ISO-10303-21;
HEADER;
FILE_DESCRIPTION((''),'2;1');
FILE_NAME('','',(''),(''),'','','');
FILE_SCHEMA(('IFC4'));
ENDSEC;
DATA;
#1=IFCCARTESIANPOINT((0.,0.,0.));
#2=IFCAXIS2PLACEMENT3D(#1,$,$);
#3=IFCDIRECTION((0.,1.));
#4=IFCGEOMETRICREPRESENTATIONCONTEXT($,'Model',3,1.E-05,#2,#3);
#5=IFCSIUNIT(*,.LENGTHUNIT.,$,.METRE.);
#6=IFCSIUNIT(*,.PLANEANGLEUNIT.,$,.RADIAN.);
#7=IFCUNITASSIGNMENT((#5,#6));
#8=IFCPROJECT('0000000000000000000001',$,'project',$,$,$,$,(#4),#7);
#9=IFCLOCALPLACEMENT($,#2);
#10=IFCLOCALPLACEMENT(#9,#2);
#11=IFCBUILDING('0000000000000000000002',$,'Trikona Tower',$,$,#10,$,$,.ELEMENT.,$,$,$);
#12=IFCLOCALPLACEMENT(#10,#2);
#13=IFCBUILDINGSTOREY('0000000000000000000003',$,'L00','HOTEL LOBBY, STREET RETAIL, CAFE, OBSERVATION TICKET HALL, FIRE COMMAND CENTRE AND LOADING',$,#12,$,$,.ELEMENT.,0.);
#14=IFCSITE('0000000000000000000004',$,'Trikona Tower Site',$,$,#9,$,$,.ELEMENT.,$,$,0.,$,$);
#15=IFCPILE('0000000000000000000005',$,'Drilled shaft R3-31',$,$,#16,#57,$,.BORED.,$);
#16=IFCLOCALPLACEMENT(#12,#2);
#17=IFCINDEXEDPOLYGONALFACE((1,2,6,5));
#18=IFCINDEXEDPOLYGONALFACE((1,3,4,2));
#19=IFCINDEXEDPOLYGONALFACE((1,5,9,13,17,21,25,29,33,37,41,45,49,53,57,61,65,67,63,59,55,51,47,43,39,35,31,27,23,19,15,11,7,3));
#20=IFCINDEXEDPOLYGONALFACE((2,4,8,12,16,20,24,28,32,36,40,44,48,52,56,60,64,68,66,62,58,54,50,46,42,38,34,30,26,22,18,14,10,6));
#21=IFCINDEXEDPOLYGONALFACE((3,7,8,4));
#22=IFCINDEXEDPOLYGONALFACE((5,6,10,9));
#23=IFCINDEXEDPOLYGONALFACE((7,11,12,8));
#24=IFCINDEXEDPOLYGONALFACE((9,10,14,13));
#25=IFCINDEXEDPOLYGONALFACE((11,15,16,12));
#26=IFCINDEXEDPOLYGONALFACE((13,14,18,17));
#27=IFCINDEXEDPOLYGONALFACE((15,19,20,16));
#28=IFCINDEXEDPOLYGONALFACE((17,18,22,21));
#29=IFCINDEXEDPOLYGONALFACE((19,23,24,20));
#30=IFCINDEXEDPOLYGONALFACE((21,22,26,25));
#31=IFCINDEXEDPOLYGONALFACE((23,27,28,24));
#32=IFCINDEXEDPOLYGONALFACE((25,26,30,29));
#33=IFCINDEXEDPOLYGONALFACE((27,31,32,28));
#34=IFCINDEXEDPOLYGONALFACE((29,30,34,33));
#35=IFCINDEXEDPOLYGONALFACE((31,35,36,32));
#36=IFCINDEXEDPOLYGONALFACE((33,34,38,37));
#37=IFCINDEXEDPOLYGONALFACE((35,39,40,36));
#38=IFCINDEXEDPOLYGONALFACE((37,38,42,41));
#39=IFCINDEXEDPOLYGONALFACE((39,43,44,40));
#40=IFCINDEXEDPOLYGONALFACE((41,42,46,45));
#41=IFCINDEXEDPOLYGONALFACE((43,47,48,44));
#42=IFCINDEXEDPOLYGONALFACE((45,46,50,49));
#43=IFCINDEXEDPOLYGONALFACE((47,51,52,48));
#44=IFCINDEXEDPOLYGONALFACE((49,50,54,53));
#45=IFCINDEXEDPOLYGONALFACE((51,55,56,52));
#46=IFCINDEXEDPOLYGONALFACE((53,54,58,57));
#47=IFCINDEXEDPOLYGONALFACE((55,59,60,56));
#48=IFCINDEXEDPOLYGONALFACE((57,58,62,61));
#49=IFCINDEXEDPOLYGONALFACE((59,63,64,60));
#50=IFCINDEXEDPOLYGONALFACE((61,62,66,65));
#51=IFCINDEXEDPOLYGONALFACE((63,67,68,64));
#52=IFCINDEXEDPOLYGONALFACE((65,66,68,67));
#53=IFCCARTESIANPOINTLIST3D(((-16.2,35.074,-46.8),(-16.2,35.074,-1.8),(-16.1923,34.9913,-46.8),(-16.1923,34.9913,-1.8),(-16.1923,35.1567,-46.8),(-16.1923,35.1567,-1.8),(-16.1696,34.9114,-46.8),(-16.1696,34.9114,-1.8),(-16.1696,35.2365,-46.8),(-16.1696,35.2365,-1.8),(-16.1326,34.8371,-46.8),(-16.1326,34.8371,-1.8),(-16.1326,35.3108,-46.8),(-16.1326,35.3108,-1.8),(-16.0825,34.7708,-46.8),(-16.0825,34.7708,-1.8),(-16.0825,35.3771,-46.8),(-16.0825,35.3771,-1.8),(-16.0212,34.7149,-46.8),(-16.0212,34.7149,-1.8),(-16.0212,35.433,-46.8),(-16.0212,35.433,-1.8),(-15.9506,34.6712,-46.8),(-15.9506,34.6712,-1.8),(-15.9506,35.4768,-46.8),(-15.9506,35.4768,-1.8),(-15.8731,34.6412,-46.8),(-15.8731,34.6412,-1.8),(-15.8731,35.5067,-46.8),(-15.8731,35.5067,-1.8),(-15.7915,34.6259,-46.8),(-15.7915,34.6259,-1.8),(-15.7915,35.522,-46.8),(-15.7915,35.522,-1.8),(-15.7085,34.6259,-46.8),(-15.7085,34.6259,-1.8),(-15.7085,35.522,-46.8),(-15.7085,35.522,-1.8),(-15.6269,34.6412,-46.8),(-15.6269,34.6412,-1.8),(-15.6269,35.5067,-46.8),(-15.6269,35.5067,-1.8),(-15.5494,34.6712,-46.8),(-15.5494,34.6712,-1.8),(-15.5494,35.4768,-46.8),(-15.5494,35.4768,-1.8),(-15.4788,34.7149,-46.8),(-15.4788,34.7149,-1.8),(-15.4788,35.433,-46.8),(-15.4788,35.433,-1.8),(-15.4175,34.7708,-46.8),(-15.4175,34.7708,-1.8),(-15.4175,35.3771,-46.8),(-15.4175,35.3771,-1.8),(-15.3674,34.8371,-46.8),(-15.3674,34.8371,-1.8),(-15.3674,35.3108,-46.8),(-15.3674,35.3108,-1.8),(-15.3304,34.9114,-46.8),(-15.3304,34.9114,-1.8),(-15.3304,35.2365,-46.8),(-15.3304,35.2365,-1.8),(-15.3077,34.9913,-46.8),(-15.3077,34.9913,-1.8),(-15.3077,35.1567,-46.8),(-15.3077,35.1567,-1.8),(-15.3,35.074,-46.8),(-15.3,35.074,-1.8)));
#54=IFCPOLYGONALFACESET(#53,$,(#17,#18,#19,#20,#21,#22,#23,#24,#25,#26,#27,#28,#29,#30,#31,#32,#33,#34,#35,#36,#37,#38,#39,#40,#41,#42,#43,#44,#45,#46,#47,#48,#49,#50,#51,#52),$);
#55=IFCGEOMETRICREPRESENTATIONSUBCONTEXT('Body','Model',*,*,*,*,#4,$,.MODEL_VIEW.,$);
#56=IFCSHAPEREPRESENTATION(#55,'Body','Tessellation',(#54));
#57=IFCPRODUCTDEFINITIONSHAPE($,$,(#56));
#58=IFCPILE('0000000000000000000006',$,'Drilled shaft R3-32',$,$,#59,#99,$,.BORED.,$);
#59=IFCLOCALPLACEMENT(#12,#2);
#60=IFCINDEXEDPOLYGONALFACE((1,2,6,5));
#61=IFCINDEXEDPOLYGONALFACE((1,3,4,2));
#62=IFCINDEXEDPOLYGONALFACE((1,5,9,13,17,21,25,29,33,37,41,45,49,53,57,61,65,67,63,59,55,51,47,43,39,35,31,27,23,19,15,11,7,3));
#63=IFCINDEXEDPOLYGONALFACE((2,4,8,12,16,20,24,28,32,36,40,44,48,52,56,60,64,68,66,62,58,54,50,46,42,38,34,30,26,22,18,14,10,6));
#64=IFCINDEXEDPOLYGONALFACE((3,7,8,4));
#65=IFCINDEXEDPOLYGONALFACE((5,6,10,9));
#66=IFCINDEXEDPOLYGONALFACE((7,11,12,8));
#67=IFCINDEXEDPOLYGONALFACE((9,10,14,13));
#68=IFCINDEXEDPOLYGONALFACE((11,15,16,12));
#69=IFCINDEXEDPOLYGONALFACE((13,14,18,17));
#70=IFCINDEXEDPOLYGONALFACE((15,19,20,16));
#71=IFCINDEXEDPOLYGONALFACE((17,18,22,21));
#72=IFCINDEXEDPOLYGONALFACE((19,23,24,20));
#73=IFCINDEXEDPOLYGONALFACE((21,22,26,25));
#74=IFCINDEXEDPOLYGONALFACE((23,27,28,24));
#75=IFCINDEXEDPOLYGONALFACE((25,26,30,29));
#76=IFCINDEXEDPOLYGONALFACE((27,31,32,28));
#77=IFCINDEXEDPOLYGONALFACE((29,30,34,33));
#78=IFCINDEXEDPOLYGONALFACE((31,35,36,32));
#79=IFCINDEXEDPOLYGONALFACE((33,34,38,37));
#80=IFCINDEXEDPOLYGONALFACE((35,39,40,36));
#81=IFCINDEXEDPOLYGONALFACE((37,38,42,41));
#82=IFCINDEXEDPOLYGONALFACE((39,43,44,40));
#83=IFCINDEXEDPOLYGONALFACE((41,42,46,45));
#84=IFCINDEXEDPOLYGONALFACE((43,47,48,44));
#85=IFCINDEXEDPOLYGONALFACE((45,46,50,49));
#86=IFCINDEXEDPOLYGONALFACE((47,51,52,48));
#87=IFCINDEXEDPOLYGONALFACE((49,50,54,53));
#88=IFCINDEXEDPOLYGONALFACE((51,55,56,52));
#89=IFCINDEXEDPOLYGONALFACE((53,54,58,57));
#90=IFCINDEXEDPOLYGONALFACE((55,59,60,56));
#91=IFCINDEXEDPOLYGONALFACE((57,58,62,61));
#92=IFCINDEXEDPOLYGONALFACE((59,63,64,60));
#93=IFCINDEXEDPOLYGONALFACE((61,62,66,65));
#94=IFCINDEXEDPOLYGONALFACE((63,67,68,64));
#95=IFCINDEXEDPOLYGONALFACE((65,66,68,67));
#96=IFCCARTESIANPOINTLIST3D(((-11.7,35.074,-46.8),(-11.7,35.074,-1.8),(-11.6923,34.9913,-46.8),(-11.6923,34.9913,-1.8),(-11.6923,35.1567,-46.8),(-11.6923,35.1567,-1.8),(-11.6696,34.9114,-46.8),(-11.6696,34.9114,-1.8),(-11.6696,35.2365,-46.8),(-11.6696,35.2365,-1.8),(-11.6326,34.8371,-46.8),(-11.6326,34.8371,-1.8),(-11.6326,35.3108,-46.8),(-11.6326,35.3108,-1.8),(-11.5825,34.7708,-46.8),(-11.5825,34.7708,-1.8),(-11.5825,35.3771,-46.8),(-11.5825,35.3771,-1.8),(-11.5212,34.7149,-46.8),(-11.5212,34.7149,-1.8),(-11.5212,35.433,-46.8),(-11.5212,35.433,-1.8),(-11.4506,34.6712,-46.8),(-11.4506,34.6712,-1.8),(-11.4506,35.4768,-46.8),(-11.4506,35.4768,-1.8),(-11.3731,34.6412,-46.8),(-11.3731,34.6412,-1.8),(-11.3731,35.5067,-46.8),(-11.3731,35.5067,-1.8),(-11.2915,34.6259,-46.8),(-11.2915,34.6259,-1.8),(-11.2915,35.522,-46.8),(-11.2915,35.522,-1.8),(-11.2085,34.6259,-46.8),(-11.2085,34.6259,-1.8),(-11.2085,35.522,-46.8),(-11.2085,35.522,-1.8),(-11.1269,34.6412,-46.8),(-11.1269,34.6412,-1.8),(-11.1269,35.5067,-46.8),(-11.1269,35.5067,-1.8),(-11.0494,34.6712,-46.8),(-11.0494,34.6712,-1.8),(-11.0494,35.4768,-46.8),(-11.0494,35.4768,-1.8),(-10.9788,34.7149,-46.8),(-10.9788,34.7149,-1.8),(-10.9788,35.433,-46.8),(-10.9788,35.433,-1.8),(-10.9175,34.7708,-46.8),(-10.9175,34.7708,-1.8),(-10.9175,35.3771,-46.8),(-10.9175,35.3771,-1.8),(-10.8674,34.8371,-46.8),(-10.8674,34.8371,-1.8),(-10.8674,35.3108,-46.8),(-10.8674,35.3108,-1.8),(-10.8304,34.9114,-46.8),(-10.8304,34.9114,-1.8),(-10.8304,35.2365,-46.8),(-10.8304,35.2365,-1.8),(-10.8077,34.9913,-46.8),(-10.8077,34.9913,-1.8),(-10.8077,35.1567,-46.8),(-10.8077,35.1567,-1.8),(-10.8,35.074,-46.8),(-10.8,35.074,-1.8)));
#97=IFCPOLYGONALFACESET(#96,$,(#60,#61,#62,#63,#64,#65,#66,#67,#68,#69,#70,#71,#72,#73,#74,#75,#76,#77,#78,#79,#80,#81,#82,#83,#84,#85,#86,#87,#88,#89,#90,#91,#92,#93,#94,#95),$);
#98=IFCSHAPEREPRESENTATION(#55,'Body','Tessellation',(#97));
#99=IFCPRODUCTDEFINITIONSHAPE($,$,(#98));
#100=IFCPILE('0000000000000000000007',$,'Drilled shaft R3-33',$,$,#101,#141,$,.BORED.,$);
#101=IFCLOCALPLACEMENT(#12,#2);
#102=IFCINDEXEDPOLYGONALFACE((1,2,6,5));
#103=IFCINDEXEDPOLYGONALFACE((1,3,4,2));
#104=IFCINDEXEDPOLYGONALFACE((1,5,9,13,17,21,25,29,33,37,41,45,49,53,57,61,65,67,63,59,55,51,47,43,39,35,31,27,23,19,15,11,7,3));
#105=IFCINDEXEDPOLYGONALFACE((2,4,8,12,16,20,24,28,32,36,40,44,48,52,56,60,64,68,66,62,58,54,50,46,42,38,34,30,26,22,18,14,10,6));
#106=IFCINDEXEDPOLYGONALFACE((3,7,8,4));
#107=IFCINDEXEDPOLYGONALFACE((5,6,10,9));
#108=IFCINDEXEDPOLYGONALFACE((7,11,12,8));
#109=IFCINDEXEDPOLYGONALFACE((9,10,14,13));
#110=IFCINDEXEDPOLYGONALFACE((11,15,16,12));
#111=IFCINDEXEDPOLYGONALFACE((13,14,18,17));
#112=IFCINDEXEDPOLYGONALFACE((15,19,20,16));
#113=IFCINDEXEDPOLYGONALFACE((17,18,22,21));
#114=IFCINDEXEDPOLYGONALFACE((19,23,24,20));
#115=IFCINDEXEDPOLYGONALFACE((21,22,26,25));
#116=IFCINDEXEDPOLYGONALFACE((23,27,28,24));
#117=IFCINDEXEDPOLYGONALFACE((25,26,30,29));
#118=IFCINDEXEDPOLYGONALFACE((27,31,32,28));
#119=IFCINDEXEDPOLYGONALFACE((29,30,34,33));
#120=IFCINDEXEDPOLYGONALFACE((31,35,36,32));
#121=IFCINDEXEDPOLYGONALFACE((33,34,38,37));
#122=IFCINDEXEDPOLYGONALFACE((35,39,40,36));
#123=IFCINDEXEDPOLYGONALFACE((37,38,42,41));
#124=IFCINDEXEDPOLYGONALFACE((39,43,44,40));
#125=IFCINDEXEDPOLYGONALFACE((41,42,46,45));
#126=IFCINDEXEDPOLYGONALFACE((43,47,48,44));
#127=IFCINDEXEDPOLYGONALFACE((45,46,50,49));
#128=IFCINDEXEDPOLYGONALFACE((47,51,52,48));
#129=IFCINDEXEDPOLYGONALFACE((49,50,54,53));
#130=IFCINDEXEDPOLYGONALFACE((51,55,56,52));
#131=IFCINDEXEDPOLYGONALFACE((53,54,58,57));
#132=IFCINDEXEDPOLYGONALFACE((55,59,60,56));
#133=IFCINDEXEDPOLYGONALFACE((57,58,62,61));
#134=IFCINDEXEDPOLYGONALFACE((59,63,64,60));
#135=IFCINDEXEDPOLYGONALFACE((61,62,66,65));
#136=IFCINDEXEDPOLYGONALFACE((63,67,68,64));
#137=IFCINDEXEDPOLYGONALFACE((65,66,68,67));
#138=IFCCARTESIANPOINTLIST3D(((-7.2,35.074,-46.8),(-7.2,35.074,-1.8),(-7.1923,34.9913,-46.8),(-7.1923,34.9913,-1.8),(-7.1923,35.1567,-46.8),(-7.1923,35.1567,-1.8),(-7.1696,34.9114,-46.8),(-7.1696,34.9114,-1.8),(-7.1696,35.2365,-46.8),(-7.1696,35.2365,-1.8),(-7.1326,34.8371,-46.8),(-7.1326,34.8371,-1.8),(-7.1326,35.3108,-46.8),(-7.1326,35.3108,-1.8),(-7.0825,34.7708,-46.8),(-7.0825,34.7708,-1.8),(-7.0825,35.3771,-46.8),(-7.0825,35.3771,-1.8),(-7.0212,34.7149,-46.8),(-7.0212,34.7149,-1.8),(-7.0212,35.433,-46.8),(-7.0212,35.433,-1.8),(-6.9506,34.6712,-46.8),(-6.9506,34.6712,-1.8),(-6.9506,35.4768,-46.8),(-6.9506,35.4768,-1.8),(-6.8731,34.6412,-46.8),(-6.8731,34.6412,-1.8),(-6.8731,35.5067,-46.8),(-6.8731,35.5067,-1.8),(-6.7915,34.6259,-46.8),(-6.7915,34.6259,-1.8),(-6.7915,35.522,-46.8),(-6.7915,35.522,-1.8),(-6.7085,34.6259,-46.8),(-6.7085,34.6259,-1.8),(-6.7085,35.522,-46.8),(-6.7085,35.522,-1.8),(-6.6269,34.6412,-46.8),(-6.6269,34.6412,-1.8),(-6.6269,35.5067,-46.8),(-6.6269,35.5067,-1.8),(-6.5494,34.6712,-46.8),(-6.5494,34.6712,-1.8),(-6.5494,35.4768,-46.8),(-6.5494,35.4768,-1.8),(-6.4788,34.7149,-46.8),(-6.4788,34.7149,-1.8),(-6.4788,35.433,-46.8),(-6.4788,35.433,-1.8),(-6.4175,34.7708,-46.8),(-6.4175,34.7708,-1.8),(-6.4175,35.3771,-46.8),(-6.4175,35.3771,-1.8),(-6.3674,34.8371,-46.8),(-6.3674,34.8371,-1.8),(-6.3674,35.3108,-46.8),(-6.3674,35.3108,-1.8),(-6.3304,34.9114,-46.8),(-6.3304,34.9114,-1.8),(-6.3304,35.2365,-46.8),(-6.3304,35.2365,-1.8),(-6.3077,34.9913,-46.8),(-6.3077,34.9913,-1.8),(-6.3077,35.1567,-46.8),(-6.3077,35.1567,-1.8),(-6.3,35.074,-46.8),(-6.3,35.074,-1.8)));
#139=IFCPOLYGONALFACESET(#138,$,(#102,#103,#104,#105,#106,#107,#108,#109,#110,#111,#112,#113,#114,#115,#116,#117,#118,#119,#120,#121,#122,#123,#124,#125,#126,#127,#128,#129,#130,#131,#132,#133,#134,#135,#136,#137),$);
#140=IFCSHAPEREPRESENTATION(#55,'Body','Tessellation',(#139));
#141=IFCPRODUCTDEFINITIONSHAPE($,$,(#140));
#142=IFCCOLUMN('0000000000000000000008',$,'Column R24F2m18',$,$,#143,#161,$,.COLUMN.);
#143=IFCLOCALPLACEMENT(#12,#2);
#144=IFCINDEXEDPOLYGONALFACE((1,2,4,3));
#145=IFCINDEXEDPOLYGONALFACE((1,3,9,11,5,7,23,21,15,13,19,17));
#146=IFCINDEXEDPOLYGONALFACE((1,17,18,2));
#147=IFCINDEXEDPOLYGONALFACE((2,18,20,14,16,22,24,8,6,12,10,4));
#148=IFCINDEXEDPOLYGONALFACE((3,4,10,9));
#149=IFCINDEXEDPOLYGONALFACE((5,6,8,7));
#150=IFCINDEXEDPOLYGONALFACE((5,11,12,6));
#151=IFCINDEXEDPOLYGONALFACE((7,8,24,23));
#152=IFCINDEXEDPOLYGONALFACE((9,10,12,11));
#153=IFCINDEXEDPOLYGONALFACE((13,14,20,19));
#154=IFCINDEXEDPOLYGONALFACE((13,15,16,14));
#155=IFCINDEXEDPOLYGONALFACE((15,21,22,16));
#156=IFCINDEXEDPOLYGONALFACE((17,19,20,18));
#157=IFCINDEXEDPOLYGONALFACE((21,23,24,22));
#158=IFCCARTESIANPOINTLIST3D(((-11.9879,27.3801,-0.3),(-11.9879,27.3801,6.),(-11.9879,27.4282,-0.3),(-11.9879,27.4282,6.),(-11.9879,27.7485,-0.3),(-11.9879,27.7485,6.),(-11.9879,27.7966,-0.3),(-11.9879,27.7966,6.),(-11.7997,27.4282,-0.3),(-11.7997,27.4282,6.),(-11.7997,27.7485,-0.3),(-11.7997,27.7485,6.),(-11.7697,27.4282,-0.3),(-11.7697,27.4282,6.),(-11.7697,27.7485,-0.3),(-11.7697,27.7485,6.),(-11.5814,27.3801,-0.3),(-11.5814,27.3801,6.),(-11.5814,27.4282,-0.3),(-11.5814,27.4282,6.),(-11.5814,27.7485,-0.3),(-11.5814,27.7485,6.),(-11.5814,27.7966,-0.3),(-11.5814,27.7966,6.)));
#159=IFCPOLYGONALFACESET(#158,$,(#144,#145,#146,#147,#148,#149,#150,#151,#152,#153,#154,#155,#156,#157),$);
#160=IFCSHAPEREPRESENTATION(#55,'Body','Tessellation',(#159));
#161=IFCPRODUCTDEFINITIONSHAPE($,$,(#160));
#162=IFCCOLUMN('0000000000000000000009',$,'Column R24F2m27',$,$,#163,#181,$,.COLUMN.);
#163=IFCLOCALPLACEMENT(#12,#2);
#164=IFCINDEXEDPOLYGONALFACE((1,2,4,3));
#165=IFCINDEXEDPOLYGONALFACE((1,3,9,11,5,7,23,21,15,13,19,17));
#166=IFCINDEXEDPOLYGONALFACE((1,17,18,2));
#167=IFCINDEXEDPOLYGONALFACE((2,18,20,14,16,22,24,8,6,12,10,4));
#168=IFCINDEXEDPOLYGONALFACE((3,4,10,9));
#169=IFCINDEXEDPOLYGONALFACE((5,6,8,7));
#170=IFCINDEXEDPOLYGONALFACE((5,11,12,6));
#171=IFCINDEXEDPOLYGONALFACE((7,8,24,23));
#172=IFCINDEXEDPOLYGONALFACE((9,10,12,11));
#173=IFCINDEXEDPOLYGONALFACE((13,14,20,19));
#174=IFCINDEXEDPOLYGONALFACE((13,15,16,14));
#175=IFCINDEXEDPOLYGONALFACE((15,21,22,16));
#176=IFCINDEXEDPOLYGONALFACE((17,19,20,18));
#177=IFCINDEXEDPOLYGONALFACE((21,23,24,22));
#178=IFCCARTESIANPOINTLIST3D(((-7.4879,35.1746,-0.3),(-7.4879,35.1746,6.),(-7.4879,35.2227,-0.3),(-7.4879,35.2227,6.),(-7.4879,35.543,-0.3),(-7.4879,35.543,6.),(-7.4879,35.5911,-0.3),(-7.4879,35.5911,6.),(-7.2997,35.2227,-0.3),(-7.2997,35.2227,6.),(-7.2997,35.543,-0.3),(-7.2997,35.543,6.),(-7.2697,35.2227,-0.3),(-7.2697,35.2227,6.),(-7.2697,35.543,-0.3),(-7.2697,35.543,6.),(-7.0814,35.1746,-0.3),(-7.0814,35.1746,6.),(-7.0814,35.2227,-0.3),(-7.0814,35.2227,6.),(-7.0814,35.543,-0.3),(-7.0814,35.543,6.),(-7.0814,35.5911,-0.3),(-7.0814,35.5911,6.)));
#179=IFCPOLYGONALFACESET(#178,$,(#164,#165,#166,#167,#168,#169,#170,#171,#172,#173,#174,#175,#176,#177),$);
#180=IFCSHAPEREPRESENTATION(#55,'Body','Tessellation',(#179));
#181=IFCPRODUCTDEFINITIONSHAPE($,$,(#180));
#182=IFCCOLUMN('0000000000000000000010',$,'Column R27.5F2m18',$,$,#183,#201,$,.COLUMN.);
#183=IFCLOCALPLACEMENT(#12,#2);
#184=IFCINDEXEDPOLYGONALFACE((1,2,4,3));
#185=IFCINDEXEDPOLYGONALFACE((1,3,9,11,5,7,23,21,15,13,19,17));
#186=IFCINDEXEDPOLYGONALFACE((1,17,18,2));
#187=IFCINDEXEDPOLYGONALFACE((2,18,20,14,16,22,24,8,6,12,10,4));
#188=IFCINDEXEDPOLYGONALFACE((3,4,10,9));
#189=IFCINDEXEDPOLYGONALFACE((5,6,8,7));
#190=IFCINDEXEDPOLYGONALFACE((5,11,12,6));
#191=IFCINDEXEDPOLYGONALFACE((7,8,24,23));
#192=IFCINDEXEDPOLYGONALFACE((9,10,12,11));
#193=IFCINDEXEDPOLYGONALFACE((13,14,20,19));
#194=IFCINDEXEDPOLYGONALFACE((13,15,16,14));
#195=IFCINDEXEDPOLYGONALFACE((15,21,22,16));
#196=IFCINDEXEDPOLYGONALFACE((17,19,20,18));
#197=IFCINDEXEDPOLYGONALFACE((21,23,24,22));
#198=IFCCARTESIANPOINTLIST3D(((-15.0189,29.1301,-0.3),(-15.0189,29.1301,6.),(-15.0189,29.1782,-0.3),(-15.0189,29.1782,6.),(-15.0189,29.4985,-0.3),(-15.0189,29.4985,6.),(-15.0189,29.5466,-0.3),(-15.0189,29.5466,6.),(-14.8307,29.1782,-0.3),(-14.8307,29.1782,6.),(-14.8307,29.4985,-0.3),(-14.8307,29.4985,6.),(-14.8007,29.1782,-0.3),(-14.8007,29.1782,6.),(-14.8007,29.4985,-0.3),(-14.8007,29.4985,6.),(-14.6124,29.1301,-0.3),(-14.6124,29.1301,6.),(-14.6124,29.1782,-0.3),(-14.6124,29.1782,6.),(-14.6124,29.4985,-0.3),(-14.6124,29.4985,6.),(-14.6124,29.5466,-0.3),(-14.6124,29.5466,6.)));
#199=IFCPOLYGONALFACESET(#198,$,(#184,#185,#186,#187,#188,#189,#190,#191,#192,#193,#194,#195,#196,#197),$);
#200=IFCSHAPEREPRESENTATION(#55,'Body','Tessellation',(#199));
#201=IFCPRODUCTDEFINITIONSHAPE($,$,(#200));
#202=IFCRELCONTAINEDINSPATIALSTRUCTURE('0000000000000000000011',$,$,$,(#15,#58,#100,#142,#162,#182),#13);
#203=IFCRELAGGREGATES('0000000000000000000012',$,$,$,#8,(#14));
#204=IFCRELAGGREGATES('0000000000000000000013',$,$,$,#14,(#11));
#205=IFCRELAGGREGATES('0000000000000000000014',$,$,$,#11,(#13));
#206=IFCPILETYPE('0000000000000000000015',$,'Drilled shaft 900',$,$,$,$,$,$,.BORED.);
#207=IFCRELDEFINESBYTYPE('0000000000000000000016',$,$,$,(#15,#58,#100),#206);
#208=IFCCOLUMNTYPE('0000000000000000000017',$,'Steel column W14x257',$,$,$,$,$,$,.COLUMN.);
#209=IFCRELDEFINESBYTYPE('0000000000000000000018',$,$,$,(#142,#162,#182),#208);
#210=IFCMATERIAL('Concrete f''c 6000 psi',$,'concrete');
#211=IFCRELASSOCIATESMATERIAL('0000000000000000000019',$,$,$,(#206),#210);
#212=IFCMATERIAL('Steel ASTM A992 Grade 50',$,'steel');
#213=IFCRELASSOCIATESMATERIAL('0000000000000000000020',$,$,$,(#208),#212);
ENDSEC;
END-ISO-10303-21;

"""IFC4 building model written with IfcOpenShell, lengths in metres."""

from ifc_helpers import new_model, si_unit, direction, frame, origin, origin_2d, place, context, subcontext, project, spatial, circle, i_section, extrude, material, material_profile, profile_set, type_object, element, save


model = new_model("IFC4")

# Units and contexts
model_context = context("Model", 3, precision=1e-05, world=origin(), true_north=direction((0.0, 1.0)))
body_context = subcontext(model_context, "Body", "Model", "MODEL_VIEW")
ifc_project = project(units=[si_unit("LENGTHUNIT", "METRE"), si_unit("PLANEANGLEUNIT", "RADIAN")], contexts=[model_context])

# Site, building, storey
site_placement = place(None, origin())
site = spatial("IfcSite", under=ifc_project, at=site_placement, Name="Trikona Tower Site", CompositionType="ELEMENT", RefElevation=0.0)
building_placement = place(site_placement, origin())
building = spatial("IfcBuilding", under=site, at=building_placement, Name="Trikona Tower", CompositionType="ELEMENT")
storey_placement = place(building_placement, origin())
storey = spatial("IfcBuildingStorey", under=building, at=storey_placement, Name="L00", Description="HOTEL LOBBY, STREET RETAIL, CAFE, OBSERVATION TICKET HALL, FIRE COMMAND CENTRE AND LOADING", CompositionType="ELEMENT", Elevation=0.0)

# Piles
ifc_material_1 = material(Name="Concrete f'c 6000 psi", Category="concrete")
pile_type_1 = type_object("IfcPileType", Name="Drilled shaft 900", PredefinedType="BORED", material=ifc_material_1)
for number, where, z_axis, x_axis, name in (
    (1, (-15.75, 35.074, -1.8), (0.0, 0.0, -1.0), (1.0, 0.0, 0.0), "Drilled shaft R3-31"),
    (2, (-11.25, 35.074, -1.8), (0.0, 0.0, -1.0), (1.0, 0.0, 0.0), "Drilled shaft R3-32"),
    (3, (-6.75, 35.074, -1.8), (0.0, 0.0, -1.0), (1.0, 0.0, 0.0), "Drilled shaft R3-33"),
):
    element("IfcPile", number, at=place(storey_placement, frame(where, z_axis=z_axis, x_axis=x_axis)), inside=storey, type_object=pile_type_1, Name=name, PredefinedType="BORED", context=body_context, shape_type="SweptSolid", body=[
        extrude(circle(Radius=0.45, at=origin_2d()), origin(), (0.0, 0.0, 1.0), 45.0),
    ])

# Columns
ifc_material_2 = material(Name="Steel ASTM A992 Grade 50", Category="steel")
ifc_material_profile_1 = material_profile(ifc_material_2, i_section(OverallWidth=0.4065, OverallDepth=0.4165, WebThickness=0.03, FlangeThickness=0.0481, at=origin_2d()), Name="W14X257")
ifc_profile_set_1 = profile_set([ifc_material_profile_1], Name="Steel ASTM A992 Grade 50")
column_type = type_object("IfcColumnType", Name="Steel column W14x257", PredefinedType="COLUMN", material=ifc_profile_set_1)
for number, where, z_axis, x_axis, name in (
    (4, (-11.7847, 27.5884, -0.3), (0.0, 0.0, 1.0), (1.0, 0.0, 0.0), "Column R24F2m18"),
    (5, (-7.2847, 35.3828, -0.3), (0.0, 0.0, 1.0), (1.0, 0.0, 0.0), "Column R24F2m27"),
    (6, (-14.8157, 29.3384, -0.3), (0.0, 0.0, 1.0), (1.0, 0.0, 0.0), "Column R27.5F2m18"),
):
    element("IfcColumn", number, at=place(storey_placement, frame(where, z_axis=z_axis, x_axis=x_axis)), inside=storey, type_object=column_type, Name=name, PredefinedType="COLUMN", context=body_context, shape_type="SweptSolid", body=[
        extrude(i_section(OverallWidth=0.4065, OverallDepth=0.4165, WebThickness=0.03, FlangeThickness=0.0481, at=origin_2d()), origin(), (0.0, 0.0, 1.0), 6.3),
    ])

save(model, "model.ifc")
